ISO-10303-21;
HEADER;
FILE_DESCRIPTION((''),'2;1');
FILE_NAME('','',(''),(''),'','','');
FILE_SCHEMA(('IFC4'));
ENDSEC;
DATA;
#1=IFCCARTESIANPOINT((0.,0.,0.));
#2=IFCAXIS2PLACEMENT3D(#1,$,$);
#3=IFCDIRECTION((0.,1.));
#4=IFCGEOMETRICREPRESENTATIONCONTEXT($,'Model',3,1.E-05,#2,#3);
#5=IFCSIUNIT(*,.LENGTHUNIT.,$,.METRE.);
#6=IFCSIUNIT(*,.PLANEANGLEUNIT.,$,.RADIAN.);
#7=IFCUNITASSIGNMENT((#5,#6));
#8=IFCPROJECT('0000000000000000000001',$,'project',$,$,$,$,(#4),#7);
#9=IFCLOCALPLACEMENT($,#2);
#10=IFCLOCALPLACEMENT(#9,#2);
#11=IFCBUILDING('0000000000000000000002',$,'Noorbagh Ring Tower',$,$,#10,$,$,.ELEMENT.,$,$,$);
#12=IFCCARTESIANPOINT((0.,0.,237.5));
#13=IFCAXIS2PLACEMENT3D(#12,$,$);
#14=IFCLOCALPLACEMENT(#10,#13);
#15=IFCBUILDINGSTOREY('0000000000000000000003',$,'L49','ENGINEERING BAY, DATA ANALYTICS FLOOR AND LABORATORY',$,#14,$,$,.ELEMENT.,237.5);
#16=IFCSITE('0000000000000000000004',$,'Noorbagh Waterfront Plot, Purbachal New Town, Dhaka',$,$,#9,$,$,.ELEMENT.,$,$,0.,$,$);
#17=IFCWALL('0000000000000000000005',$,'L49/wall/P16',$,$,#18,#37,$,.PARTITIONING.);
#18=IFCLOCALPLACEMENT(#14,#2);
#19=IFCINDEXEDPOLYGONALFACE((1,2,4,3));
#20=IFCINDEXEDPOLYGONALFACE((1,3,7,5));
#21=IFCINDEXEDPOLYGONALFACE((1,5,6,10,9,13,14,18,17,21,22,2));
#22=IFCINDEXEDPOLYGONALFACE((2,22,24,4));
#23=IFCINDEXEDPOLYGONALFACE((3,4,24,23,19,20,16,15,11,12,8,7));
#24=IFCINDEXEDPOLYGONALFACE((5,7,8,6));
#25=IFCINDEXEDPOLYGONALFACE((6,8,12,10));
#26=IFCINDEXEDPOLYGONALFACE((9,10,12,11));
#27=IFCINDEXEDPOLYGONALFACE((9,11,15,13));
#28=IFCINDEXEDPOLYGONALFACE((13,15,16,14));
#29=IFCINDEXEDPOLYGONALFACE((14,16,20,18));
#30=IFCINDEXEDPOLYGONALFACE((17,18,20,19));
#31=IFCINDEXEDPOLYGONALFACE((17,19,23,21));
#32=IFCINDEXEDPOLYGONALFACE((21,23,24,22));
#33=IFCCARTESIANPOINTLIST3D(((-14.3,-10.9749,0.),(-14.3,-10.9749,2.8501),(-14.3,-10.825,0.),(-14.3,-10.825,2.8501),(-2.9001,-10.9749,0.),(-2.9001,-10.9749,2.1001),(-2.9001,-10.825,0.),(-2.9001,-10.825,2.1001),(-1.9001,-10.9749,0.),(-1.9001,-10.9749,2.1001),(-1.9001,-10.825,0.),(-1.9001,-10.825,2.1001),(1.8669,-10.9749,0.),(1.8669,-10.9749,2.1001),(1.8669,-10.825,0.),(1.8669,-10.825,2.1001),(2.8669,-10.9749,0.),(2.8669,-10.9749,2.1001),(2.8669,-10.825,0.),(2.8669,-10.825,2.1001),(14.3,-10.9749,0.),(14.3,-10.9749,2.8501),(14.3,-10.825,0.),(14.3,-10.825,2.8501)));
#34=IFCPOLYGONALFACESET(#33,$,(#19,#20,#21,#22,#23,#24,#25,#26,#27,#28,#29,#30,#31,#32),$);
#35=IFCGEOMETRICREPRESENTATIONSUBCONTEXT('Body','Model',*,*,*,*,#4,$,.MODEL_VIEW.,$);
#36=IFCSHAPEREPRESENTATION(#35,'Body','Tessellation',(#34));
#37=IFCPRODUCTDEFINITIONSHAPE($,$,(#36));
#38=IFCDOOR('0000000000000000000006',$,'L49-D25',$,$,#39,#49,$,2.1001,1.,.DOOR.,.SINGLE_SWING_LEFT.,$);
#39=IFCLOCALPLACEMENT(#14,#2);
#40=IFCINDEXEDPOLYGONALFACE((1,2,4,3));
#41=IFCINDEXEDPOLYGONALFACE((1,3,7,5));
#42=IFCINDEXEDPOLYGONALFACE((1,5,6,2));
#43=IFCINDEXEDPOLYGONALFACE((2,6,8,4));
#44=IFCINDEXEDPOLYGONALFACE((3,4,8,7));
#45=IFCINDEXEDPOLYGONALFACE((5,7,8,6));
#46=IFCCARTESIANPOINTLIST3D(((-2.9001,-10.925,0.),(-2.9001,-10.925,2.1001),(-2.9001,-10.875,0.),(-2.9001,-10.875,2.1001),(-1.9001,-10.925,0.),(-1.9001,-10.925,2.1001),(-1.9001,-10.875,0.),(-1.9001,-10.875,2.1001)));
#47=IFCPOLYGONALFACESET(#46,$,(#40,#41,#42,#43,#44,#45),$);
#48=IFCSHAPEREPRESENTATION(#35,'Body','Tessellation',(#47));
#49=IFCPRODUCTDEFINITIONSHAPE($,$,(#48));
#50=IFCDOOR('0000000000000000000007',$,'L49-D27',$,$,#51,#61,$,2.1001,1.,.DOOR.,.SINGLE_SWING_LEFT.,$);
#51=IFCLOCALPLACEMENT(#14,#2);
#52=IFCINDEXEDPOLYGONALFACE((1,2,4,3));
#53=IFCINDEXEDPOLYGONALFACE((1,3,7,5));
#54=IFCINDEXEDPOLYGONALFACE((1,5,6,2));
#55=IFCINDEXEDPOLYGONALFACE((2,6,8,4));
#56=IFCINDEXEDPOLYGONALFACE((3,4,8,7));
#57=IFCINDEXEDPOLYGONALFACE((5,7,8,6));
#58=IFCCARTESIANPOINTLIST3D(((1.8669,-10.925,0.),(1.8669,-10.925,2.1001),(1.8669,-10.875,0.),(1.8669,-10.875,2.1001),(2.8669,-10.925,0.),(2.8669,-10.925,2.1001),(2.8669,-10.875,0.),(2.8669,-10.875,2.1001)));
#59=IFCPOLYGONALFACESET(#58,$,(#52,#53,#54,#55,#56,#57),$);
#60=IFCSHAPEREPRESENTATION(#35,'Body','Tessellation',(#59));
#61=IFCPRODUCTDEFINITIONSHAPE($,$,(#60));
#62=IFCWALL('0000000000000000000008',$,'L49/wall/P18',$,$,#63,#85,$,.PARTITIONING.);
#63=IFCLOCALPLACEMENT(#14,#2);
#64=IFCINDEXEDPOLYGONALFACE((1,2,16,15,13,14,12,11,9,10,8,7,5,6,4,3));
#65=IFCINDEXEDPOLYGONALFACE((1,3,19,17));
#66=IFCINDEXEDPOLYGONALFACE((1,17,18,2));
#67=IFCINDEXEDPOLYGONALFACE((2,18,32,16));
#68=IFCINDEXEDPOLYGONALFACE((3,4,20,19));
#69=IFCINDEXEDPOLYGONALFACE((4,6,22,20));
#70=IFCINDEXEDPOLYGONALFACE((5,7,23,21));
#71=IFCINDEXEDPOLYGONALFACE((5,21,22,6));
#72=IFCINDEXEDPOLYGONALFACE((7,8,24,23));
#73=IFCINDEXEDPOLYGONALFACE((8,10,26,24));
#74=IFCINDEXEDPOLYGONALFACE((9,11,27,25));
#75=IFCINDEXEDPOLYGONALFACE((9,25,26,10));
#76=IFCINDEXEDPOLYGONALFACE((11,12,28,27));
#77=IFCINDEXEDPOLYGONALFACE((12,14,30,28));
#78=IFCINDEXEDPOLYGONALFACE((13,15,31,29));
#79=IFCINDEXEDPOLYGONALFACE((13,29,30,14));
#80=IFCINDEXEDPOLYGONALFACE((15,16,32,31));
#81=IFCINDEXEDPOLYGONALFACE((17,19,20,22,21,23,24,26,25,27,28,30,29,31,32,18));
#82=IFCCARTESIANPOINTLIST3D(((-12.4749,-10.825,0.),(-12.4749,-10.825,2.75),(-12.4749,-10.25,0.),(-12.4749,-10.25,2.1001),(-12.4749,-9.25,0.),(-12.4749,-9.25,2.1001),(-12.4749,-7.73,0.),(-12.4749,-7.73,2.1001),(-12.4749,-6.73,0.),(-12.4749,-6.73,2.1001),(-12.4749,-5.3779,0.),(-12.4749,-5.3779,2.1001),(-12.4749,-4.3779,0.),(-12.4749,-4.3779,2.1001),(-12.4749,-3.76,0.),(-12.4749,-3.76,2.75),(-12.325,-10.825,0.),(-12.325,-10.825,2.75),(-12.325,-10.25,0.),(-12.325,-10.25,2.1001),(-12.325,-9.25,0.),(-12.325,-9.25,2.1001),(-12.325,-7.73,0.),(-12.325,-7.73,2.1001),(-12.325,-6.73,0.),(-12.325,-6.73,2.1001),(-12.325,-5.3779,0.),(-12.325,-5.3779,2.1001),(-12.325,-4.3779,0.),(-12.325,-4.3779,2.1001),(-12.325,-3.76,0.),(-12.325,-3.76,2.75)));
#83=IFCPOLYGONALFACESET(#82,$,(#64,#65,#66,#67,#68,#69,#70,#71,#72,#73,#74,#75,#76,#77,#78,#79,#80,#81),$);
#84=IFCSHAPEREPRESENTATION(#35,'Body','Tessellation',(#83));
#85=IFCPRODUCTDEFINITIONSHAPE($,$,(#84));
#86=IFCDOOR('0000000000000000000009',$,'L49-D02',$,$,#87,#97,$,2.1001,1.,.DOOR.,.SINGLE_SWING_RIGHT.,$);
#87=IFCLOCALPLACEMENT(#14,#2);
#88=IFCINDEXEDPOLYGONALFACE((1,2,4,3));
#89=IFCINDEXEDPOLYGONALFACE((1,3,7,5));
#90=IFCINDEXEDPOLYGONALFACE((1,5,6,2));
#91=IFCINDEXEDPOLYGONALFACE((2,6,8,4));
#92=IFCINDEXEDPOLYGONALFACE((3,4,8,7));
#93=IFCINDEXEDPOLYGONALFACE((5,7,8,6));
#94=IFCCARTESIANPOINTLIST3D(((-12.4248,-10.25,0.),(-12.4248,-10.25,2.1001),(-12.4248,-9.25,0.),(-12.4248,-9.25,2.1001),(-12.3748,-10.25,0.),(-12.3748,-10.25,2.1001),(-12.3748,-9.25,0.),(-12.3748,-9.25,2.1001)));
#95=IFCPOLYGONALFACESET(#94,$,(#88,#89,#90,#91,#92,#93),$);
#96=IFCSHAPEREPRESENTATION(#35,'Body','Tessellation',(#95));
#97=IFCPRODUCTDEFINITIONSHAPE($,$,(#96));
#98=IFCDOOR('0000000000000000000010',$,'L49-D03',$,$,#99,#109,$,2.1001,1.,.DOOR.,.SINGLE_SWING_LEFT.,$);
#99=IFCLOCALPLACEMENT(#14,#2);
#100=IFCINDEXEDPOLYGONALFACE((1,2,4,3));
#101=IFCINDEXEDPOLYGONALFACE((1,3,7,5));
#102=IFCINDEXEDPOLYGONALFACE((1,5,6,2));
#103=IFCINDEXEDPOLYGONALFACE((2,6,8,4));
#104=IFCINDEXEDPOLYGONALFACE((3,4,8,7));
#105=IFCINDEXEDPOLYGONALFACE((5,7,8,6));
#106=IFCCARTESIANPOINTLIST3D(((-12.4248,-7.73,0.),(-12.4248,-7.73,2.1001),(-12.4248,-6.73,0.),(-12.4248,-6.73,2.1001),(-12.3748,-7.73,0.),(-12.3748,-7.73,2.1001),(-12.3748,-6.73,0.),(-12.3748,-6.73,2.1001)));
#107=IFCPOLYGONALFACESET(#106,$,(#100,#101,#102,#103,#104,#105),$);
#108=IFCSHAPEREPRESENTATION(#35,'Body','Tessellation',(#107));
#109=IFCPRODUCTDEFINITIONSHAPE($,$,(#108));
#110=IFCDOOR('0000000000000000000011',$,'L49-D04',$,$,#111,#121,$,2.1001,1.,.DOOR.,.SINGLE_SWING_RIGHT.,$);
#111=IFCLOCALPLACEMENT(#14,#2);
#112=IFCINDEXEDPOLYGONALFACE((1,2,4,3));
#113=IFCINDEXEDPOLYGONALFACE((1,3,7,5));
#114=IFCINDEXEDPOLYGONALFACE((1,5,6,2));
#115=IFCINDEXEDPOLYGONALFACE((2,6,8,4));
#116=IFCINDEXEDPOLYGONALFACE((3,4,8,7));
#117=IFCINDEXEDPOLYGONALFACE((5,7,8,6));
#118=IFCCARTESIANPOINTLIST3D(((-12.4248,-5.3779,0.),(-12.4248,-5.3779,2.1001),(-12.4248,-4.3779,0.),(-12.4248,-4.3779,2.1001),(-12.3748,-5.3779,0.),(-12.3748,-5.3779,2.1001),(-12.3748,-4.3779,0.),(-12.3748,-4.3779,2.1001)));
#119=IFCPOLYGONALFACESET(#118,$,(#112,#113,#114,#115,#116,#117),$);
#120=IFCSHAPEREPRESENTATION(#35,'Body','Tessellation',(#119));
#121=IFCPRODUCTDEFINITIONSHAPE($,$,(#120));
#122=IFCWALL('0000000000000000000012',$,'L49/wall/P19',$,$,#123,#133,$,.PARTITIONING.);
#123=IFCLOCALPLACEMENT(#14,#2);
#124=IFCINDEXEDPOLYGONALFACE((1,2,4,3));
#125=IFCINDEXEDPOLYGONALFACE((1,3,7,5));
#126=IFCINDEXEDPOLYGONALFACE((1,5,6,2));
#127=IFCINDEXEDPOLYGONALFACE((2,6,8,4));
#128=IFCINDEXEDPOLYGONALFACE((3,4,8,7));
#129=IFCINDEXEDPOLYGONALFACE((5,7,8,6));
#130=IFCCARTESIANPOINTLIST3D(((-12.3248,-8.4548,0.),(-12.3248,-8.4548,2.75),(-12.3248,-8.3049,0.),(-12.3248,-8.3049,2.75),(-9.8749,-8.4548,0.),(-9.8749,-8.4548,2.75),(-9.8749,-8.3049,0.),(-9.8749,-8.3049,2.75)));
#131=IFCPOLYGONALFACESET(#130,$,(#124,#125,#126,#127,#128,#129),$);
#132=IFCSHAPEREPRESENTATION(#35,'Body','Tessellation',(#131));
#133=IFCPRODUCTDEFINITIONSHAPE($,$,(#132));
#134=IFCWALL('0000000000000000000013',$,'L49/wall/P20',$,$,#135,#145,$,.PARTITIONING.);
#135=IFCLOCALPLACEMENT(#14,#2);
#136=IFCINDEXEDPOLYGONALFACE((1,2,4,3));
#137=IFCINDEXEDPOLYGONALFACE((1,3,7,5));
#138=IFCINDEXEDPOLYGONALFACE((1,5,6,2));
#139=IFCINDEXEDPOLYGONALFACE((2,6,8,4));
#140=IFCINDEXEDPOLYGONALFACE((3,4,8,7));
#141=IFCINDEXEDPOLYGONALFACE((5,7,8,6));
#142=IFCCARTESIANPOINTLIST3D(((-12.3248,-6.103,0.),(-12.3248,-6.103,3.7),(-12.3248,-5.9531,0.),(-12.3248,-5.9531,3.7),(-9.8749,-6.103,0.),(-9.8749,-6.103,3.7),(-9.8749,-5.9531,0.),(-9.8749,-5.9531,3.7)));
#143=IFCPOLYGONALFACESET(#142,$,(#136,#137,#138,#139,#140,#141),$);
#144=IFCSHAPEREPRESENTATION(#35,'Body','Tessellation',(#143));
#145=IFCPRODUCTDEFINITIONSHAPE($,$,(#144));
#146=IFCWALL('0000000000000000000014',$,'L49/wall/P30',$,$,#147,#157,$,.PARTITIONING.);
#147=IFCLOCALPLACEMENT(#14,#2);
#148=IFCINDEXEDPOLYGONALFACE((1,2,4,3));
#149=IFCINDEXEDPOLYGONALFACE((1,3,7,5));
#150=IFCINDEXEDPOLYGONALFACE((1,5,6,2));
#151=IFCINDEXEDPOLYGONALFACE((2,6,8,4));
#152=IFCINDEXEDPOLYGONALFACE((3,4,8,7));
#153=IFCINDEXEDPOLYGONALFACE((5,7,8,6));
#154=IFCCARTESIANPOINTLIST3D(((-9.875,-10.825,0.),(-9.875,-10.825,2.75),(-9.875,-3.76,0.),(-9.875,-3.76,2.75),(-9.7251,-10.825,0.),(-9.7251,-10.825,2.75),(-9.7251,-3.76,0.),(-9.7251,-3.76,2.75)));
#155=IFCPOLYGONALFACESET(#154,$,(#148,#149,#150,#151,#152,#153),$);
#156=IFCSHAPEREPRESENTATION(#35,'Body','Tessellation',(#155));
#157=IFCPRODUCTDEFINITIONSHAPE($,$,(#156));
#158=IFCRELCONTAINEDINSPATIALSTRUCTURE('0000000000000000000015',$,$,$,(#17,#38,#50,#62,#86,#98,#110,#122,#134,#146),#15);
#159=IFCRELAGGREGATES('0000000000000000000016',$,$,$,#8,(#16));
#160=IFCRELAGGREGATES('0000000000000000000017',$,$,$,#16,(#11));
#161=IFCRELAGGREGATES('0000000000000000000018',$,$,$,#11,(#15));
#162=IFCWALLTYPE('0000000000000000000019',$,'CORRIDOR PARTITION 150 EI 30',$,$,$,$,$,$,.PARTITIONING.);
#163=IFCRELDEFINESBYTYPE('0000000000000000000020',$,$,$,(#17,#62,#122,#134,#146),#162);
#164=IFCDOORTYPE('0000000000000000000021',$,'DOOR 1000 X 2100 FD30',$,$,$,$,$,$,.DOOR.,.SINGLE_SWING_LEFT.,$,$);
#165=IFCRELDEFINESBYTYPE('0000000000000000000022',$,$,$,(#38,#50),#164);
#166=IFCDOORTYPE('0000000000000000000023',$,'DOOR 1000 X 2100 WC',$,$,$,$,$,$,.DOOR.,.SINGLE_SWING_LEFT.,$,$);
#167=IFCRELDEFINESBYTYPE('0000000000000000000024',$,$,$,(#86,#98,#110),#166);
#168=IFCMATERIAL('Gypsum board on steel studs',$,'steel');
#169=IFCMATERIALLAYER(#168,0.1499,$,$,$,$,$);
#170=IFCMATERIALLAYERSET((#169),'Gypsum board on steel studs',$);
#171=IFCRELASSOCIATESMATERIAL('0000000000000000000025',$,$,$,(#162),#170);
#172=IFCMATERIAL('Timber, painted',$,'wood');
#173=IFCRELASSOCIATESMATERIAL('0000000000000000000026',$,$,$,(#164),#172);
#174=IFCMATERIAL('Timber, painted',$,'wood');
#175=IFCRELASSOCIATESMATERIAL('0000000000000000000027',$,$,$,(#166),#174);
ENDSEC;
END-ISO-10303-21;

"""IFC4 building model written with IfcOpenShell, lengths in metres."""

from ifc_helpers import new_model, si_unit, direction, frame, frame_2d, origin, place, context, subcontext, project, spatial, rectangle, extrude, material, layer, layer_set, type_object, element, fill, save


model = new_model("IFC4")

# Units and contexts
model_context = context("Model", 3, precision=1e-05, world=origin(), true_north=direction((0.0, 1.0)))
body_context = subcontext(model_context, "Body", "Model", "MODEL_VIEW")
ifc_project = project(units=[si_unit("LENGTHUNIT", "METRE"), si_unit("PLANEANGLEUNIT", "RADIAN")], contexts=[model_context])

# Site, building, storey
site_placement = place(None, origin())
site = spatial("IfcSite", under=ifc_project, at=site_placement, Name="Noorbagh Waterfront Plot, Purbachal New Town, Dhaka", CompositionType="ELEMENT", RefElevation=0.0)
building_placement = place(site_placement, origin())
building = spatial("IfcBuilding", under=site, at=building_placement, Name="Noorbagh Ring Tower", CompositionType="ELEMENT")
storey_placement = place(building_placement, frame((0.0, 0.0, 237.5)))
storey = spatial("IfcBuildingStorey", under=building, at=storey_placement, Name="L49", Description="ENGINEERING BAY, DATA ANALYTICS FLOOR AND LABORATORY", CompositionType="ELEMENT", Elevation=237.5)

# Shared definitions
ifc_material_1 = material(Name="Gypsum board on steel studs", Category="steel")
ifc_layer_1 = layer(ifc_material_1, 0.1499)
ifc_layer_set_1 = layer_set([ifc_layer_1], Name="Gypsum board on steel studs")
wall_type_1 = type_object("IfcWallType", Name="CORRIDOR PARTITION 150 EI 30", PredefinedType="PARTITIONING", material=ifc_layer_set_1)
ifc_material_2 = material(Name="Timber, painted", Category="wood")
door_type_1 = type_object("IfcDoorType", Name="DOOR 1000 X 2100 FD30", OperationType="SINGLE_SWING_LEFT", PredefinedType="DOOR", material=ifc_material_2)

# Walls, openings, doors
wall_1_placement = place(storey_placement, frame((-14.3, -10.8999, 0.0), z_axis=(0.0, 0.0, 1.0), x_axis=(1.0, 0.0, 0.0)))
wall_1 = element("IfcWall", 1, at=wall_1_placement, inside=storey, type_object=wall_type_1, Name="L49/wall/P16", PredefinedType="PARTITIONING", context=body_context, shape_type="SweptSolid", body=[
    extrude(rectangle(XDim=28.6001, YDim=0.1499, at=frame_2d((14.3, 0.0))), origin(), (0.0, 0.0, 1.0), 2.8501),
])
opening_1_placement = place(wall_1_placement, frame((11.3999, 0.0, 0.0)))
opening_1 = element("IfcOpeningElement", 2, at=opening_1_placement, cuts=wall_1, PredefinedType="OPENING", context=body_context, shape_type="SweptSolid", body=[
    extrude(rectangle(XDim=1.0, YDim=2.1001, at=frame_2d((0.5, 1.05))), frame((0.0, 0.085, 0.0), z_axis=(0.0, -1.0, 0.0), x_axis=(1.0, 0.0, 0.0)), (0.0, 0.0, 1.0), 0.1699),
])
opening_2_placement = place(wall_1_placement, frame((16.167, 0.0, 0.0)))
opening_2 = element("IfcOpeningElement", 3, at=opening_2_placement, cuts=wall_1, PredefinedType="OPENING", context=body_context, shape_type="SweptSolid", body=[
    extrude(rectangle(XDim=1.0, YDim=2.1001, at=frame_2d((0.5, 1.05))), frame((0.0, 0.085, 0.0), z_axis=(0.0, -1.0, 0.0), x_axis=(1.0, 0.0, 0.0)), (0.0, 0.0, 1.0), 0.1699),
])
door_1_placement = place(opening_1_placement, origin())
door_1 = element("IfcDoor", 4, at=door_1_placement, inside=storey, type_object=door_type_1, Name="L49-D25", OperationType="SINGLE_SWING_LEFT", OverallHeight=2.1001, OverallWidth=1.0, PredefinedType="DOOR", context=body_context, shape_type="SweptSolid", body=[
    extrude(rectangle(XDim=1.0, YDim=2.1001, at=frame_2d((0.5, 1.05))), frame((0.0, 0.0249, 0.0), z_axis=(0.0, -1.0, 0.0), x_axis=(1.0, 0.0, 0.0)), (0.0, 0.0, 1.0), 0.05),
])
fill(opening_1, door_1)
door_2_placement = place(opening_2_placement, origin())
door_2 = element("IfcDoor", 5, at=door_2_placement, inside=storey, type_object=door_type_1, Name="L49-D27", OperationType="SINGLE_SWING_LEFT", OverallHeight=2.1001, OverallWidth=1.0, PredefinedType="DOOR", context=body_context, shape_type="SweptSolid", body=[
    extrude(rectangle(XDim=1.0, YDim=2.1001, at=frame_2d((0.5, 1.05))), frame((0.0, 0.0249, 0.0), z_axis=(0.0, -1.0, 0.0), x_axis=(1.0, 0.0, 0.0)), (0.0, 0.0, 1.0), 0.05),
])
fill(opening_2, door_2)
wall_2_placement = place(storey_placement, frame((-12.3999, -10.825, 0.0), z_axis=(0.0, 0.0, 1.0), x_axis=(0.0, 1.0, 0.0)))
wall_2 = element("IfcWall", 6, at=wall_2_placement, inside=storey, type_object=wall_type_1, Name="L49/wall/P18", PredefinedType="PARTITIONING", context=body_context, shape_type="SweptSolid", body=[
    extrude(rectangle(XDim=7.0649, YDim=0.1499, at=frame_2d((3.5325, 0.0))), origin(), (0.0, 0.0, 1.0), 2.75),
])
opening_3_placement = place(wall_2_placement, frame((0.575, 0.0, 0.0)))
opening_3 = element("IfcOpeningElement", 7, at=opening_3_placement, cuts=wall_2, PredefinedType="OPENING", context=body_context, shape_type="SweptSolid", body=[
    extrude(rectangle(XDim=1.0, YDim=2.1001, at=frame_2d((0.5, 1.05))), frame((0.0, 0.085, 0.0), z_axis=(0.0, -1.0, 0.0), x_axis=(1.0, 0.0, 0.0)), (0.0, 0.0, 1.0), 0.1699),
])
opening_4_placement = place(wall_2_placement, frame((3.095, 0.0, 0.0)))
opening_4 = element("IfcOpeningElement", 8, at=opening_4_placement, cuts=wall_2, PredefinedType="OPENING", context=body_context, shape_type="SweptSolid", body=[
    extrude(rectangle(XDim=1.0, YDim=2.1001, at=frame_2d((0.5, 1.05))), frame((0.0, 0.085, 0.0), z_axis=(0.0, -1.0, 0.0), x_axis=(1.0, 0.0, 0.0)), (0.0, 0.0, 1.0), 0.1699),
])
opening_5_placement = place(wall_2_placement, frame((5.447, 0.0, 0.0)))
opening_5 = element("IfcOpeningElement", 9, at=opening_5_placement, cuts=wall_2, PredefinedType="OPENING", context=body_context, shape_type="SweptSolid", body=[
    extrude(rectangle(XDim=1.0, YDim=2.1001, at=frame_2d((0.5, 1.05))), frame((0.0, 0.085, 0.0), z_axis=(0.0, -1.0, 0.0), x_axis=(1.0, 0.0, 0.0)), (0.0, 0.0, 1.0), 0.1699),
])
ifc_material_3 = material(Name="Timber, painted", Category="wood")
door_type_2 = type_object("IfcDoorType", Name="DOOR 1000 X 2100 WC", OperationType="SINGLE_SWING_LEFT", PredefinedType="DOOR", material=ifc_material_3)
door_3_placement = place(opening_3_placement, origin())
door_3 = element("IfcDoor", 10, at=door_3_placement, inside=storey, type_object=door_type_2, Name="L49-D02", OperationType="SINGLE_SWING_RIGHT", OverallHeight=2.1001, OverallWidth=1.0, PredefinedType="DOOR", context=body_context, shape_type="SweptSolid", body=[
    extrude(rectangle(XDim=1.0, YDim=2.1001, at=frame_2d((0.5, 1.05))), frame((0.0, 0.0249, 0.0), z_axis=(0.0, -1.0, 0.0), x_axis=(1.0, 0.0, 0.0)), (0.0, 0.0, 1.0), 0.05),
])
fill(opening_3, door_3)
door_4_placement = place(opening_4_placement, origin())
door_4 = element("IfcDoor", 11, at=door_4_placement, inside=storey, type_object=door_type_2, Name="L49-D03", OperationType="SINGLE_SWING_LEFT", OverallHeight=2.1001, OverallWidth=1.0, PredefinedType="DOOR", context=body_context, shape_type="SweptSolid", body=[
    extrude(rectangle(XDim=1.0, YDim=2.1001, at=frame_2d((0.5, 1.05))), frame((0.0, 0.0249, 0.0), z_axis=(0.0, -1.0, 0.0), x_axis=(1.0, 0.0, 0.0)), (0.0, 0.0, 1.0), 0.05),
])
fill(opening_4, door_4)
door_5_placement = place(opening_5_placement, origin())
door_5 = element("IfcDoor", 12, at=door_5_placement, inside=storey, type_object=door_type_2, Name="L49-D04", OperationType="SINGLE_SWING_RIGHT", OverallHeight=2.1001, OverallWidth=1.0, PredefinedType="DOOR", context=body_context, shape_type="SweptSolid", body=[
    extrude(rectangle(XDim=1.0, YDim=2.1001, at=frame_2d((0.5, 1.05))), frame((0.0, 0.0249, 0.0), z_axis=(0.0, -1.0, 0.0), x_axis=(1.0, 0.0, 0.0)), (0.0, 0.0, 1.0), 0.05),
])
fill(opening_5, door_5)

# Walls
wall_3_placement = place(storey_placement, frame((-12.325, -8.3799, 0.0), z_axis=(0.0, 0.0, 1.0), x_axis=(1.0, 0.0, 0.0)))
element("IfcWall", 13, at=wall_3_placement, inside=storey, type_object=wall_type_1, Name="L49/wall/P19", PredefinedType="PARTITIONING", context=body_context, shape_type="SweptSolid", body=[
    extrude(rectangle(XDim=2.45, YDim=0.1499, at=frame_2d((1.2251, 0.0))), origin(), (0.0, 0.0, 1.0), 2.75),
])
wall_4_placement = place(storey_placement, frame((-12.325, -6.0281, 0.0), z_axis=(0.0, 0.0, 1.0), x_axis=(1.0, 0.0, 0.0)))
element("IfcWall", 14, at=wall_4_placement, inside=storey, type_object=wall_type_1, Name="L49/wall/P20", PredefinedType="PARTITIONING", context=body_context, shape_type="SweptSolid", body=[
    extrude(rectangle(XDim=2.45, YDim=0.1499, at=frame_2d((1.2251, 0.0))), origin(), (0.0, 0.0, 1.0), 3.7),
])
wall_5_placement = place(storey_placement, frame((-9.8, -10.825, 0.0), z_axis=(0.0, 0.0, 1.0), x_axis=(0.0, 1.0, 0.0)))
element("IfcWall", 15, at=wall_5_placement, inside=storey, type_object=wall_type_1, Name="L49/wall/P30", PredefinedType="PARTITIONING", context=body_context, shape_type="SweptSolid", body=[
    extrude(rectangle(XDim=7.0649, YDim=0.1499, at=frame_2d((3.5325, 0.0))), origin(), (0.0, 0.0, 1.0), 2.75),
])

save(model, "model.ifc")
